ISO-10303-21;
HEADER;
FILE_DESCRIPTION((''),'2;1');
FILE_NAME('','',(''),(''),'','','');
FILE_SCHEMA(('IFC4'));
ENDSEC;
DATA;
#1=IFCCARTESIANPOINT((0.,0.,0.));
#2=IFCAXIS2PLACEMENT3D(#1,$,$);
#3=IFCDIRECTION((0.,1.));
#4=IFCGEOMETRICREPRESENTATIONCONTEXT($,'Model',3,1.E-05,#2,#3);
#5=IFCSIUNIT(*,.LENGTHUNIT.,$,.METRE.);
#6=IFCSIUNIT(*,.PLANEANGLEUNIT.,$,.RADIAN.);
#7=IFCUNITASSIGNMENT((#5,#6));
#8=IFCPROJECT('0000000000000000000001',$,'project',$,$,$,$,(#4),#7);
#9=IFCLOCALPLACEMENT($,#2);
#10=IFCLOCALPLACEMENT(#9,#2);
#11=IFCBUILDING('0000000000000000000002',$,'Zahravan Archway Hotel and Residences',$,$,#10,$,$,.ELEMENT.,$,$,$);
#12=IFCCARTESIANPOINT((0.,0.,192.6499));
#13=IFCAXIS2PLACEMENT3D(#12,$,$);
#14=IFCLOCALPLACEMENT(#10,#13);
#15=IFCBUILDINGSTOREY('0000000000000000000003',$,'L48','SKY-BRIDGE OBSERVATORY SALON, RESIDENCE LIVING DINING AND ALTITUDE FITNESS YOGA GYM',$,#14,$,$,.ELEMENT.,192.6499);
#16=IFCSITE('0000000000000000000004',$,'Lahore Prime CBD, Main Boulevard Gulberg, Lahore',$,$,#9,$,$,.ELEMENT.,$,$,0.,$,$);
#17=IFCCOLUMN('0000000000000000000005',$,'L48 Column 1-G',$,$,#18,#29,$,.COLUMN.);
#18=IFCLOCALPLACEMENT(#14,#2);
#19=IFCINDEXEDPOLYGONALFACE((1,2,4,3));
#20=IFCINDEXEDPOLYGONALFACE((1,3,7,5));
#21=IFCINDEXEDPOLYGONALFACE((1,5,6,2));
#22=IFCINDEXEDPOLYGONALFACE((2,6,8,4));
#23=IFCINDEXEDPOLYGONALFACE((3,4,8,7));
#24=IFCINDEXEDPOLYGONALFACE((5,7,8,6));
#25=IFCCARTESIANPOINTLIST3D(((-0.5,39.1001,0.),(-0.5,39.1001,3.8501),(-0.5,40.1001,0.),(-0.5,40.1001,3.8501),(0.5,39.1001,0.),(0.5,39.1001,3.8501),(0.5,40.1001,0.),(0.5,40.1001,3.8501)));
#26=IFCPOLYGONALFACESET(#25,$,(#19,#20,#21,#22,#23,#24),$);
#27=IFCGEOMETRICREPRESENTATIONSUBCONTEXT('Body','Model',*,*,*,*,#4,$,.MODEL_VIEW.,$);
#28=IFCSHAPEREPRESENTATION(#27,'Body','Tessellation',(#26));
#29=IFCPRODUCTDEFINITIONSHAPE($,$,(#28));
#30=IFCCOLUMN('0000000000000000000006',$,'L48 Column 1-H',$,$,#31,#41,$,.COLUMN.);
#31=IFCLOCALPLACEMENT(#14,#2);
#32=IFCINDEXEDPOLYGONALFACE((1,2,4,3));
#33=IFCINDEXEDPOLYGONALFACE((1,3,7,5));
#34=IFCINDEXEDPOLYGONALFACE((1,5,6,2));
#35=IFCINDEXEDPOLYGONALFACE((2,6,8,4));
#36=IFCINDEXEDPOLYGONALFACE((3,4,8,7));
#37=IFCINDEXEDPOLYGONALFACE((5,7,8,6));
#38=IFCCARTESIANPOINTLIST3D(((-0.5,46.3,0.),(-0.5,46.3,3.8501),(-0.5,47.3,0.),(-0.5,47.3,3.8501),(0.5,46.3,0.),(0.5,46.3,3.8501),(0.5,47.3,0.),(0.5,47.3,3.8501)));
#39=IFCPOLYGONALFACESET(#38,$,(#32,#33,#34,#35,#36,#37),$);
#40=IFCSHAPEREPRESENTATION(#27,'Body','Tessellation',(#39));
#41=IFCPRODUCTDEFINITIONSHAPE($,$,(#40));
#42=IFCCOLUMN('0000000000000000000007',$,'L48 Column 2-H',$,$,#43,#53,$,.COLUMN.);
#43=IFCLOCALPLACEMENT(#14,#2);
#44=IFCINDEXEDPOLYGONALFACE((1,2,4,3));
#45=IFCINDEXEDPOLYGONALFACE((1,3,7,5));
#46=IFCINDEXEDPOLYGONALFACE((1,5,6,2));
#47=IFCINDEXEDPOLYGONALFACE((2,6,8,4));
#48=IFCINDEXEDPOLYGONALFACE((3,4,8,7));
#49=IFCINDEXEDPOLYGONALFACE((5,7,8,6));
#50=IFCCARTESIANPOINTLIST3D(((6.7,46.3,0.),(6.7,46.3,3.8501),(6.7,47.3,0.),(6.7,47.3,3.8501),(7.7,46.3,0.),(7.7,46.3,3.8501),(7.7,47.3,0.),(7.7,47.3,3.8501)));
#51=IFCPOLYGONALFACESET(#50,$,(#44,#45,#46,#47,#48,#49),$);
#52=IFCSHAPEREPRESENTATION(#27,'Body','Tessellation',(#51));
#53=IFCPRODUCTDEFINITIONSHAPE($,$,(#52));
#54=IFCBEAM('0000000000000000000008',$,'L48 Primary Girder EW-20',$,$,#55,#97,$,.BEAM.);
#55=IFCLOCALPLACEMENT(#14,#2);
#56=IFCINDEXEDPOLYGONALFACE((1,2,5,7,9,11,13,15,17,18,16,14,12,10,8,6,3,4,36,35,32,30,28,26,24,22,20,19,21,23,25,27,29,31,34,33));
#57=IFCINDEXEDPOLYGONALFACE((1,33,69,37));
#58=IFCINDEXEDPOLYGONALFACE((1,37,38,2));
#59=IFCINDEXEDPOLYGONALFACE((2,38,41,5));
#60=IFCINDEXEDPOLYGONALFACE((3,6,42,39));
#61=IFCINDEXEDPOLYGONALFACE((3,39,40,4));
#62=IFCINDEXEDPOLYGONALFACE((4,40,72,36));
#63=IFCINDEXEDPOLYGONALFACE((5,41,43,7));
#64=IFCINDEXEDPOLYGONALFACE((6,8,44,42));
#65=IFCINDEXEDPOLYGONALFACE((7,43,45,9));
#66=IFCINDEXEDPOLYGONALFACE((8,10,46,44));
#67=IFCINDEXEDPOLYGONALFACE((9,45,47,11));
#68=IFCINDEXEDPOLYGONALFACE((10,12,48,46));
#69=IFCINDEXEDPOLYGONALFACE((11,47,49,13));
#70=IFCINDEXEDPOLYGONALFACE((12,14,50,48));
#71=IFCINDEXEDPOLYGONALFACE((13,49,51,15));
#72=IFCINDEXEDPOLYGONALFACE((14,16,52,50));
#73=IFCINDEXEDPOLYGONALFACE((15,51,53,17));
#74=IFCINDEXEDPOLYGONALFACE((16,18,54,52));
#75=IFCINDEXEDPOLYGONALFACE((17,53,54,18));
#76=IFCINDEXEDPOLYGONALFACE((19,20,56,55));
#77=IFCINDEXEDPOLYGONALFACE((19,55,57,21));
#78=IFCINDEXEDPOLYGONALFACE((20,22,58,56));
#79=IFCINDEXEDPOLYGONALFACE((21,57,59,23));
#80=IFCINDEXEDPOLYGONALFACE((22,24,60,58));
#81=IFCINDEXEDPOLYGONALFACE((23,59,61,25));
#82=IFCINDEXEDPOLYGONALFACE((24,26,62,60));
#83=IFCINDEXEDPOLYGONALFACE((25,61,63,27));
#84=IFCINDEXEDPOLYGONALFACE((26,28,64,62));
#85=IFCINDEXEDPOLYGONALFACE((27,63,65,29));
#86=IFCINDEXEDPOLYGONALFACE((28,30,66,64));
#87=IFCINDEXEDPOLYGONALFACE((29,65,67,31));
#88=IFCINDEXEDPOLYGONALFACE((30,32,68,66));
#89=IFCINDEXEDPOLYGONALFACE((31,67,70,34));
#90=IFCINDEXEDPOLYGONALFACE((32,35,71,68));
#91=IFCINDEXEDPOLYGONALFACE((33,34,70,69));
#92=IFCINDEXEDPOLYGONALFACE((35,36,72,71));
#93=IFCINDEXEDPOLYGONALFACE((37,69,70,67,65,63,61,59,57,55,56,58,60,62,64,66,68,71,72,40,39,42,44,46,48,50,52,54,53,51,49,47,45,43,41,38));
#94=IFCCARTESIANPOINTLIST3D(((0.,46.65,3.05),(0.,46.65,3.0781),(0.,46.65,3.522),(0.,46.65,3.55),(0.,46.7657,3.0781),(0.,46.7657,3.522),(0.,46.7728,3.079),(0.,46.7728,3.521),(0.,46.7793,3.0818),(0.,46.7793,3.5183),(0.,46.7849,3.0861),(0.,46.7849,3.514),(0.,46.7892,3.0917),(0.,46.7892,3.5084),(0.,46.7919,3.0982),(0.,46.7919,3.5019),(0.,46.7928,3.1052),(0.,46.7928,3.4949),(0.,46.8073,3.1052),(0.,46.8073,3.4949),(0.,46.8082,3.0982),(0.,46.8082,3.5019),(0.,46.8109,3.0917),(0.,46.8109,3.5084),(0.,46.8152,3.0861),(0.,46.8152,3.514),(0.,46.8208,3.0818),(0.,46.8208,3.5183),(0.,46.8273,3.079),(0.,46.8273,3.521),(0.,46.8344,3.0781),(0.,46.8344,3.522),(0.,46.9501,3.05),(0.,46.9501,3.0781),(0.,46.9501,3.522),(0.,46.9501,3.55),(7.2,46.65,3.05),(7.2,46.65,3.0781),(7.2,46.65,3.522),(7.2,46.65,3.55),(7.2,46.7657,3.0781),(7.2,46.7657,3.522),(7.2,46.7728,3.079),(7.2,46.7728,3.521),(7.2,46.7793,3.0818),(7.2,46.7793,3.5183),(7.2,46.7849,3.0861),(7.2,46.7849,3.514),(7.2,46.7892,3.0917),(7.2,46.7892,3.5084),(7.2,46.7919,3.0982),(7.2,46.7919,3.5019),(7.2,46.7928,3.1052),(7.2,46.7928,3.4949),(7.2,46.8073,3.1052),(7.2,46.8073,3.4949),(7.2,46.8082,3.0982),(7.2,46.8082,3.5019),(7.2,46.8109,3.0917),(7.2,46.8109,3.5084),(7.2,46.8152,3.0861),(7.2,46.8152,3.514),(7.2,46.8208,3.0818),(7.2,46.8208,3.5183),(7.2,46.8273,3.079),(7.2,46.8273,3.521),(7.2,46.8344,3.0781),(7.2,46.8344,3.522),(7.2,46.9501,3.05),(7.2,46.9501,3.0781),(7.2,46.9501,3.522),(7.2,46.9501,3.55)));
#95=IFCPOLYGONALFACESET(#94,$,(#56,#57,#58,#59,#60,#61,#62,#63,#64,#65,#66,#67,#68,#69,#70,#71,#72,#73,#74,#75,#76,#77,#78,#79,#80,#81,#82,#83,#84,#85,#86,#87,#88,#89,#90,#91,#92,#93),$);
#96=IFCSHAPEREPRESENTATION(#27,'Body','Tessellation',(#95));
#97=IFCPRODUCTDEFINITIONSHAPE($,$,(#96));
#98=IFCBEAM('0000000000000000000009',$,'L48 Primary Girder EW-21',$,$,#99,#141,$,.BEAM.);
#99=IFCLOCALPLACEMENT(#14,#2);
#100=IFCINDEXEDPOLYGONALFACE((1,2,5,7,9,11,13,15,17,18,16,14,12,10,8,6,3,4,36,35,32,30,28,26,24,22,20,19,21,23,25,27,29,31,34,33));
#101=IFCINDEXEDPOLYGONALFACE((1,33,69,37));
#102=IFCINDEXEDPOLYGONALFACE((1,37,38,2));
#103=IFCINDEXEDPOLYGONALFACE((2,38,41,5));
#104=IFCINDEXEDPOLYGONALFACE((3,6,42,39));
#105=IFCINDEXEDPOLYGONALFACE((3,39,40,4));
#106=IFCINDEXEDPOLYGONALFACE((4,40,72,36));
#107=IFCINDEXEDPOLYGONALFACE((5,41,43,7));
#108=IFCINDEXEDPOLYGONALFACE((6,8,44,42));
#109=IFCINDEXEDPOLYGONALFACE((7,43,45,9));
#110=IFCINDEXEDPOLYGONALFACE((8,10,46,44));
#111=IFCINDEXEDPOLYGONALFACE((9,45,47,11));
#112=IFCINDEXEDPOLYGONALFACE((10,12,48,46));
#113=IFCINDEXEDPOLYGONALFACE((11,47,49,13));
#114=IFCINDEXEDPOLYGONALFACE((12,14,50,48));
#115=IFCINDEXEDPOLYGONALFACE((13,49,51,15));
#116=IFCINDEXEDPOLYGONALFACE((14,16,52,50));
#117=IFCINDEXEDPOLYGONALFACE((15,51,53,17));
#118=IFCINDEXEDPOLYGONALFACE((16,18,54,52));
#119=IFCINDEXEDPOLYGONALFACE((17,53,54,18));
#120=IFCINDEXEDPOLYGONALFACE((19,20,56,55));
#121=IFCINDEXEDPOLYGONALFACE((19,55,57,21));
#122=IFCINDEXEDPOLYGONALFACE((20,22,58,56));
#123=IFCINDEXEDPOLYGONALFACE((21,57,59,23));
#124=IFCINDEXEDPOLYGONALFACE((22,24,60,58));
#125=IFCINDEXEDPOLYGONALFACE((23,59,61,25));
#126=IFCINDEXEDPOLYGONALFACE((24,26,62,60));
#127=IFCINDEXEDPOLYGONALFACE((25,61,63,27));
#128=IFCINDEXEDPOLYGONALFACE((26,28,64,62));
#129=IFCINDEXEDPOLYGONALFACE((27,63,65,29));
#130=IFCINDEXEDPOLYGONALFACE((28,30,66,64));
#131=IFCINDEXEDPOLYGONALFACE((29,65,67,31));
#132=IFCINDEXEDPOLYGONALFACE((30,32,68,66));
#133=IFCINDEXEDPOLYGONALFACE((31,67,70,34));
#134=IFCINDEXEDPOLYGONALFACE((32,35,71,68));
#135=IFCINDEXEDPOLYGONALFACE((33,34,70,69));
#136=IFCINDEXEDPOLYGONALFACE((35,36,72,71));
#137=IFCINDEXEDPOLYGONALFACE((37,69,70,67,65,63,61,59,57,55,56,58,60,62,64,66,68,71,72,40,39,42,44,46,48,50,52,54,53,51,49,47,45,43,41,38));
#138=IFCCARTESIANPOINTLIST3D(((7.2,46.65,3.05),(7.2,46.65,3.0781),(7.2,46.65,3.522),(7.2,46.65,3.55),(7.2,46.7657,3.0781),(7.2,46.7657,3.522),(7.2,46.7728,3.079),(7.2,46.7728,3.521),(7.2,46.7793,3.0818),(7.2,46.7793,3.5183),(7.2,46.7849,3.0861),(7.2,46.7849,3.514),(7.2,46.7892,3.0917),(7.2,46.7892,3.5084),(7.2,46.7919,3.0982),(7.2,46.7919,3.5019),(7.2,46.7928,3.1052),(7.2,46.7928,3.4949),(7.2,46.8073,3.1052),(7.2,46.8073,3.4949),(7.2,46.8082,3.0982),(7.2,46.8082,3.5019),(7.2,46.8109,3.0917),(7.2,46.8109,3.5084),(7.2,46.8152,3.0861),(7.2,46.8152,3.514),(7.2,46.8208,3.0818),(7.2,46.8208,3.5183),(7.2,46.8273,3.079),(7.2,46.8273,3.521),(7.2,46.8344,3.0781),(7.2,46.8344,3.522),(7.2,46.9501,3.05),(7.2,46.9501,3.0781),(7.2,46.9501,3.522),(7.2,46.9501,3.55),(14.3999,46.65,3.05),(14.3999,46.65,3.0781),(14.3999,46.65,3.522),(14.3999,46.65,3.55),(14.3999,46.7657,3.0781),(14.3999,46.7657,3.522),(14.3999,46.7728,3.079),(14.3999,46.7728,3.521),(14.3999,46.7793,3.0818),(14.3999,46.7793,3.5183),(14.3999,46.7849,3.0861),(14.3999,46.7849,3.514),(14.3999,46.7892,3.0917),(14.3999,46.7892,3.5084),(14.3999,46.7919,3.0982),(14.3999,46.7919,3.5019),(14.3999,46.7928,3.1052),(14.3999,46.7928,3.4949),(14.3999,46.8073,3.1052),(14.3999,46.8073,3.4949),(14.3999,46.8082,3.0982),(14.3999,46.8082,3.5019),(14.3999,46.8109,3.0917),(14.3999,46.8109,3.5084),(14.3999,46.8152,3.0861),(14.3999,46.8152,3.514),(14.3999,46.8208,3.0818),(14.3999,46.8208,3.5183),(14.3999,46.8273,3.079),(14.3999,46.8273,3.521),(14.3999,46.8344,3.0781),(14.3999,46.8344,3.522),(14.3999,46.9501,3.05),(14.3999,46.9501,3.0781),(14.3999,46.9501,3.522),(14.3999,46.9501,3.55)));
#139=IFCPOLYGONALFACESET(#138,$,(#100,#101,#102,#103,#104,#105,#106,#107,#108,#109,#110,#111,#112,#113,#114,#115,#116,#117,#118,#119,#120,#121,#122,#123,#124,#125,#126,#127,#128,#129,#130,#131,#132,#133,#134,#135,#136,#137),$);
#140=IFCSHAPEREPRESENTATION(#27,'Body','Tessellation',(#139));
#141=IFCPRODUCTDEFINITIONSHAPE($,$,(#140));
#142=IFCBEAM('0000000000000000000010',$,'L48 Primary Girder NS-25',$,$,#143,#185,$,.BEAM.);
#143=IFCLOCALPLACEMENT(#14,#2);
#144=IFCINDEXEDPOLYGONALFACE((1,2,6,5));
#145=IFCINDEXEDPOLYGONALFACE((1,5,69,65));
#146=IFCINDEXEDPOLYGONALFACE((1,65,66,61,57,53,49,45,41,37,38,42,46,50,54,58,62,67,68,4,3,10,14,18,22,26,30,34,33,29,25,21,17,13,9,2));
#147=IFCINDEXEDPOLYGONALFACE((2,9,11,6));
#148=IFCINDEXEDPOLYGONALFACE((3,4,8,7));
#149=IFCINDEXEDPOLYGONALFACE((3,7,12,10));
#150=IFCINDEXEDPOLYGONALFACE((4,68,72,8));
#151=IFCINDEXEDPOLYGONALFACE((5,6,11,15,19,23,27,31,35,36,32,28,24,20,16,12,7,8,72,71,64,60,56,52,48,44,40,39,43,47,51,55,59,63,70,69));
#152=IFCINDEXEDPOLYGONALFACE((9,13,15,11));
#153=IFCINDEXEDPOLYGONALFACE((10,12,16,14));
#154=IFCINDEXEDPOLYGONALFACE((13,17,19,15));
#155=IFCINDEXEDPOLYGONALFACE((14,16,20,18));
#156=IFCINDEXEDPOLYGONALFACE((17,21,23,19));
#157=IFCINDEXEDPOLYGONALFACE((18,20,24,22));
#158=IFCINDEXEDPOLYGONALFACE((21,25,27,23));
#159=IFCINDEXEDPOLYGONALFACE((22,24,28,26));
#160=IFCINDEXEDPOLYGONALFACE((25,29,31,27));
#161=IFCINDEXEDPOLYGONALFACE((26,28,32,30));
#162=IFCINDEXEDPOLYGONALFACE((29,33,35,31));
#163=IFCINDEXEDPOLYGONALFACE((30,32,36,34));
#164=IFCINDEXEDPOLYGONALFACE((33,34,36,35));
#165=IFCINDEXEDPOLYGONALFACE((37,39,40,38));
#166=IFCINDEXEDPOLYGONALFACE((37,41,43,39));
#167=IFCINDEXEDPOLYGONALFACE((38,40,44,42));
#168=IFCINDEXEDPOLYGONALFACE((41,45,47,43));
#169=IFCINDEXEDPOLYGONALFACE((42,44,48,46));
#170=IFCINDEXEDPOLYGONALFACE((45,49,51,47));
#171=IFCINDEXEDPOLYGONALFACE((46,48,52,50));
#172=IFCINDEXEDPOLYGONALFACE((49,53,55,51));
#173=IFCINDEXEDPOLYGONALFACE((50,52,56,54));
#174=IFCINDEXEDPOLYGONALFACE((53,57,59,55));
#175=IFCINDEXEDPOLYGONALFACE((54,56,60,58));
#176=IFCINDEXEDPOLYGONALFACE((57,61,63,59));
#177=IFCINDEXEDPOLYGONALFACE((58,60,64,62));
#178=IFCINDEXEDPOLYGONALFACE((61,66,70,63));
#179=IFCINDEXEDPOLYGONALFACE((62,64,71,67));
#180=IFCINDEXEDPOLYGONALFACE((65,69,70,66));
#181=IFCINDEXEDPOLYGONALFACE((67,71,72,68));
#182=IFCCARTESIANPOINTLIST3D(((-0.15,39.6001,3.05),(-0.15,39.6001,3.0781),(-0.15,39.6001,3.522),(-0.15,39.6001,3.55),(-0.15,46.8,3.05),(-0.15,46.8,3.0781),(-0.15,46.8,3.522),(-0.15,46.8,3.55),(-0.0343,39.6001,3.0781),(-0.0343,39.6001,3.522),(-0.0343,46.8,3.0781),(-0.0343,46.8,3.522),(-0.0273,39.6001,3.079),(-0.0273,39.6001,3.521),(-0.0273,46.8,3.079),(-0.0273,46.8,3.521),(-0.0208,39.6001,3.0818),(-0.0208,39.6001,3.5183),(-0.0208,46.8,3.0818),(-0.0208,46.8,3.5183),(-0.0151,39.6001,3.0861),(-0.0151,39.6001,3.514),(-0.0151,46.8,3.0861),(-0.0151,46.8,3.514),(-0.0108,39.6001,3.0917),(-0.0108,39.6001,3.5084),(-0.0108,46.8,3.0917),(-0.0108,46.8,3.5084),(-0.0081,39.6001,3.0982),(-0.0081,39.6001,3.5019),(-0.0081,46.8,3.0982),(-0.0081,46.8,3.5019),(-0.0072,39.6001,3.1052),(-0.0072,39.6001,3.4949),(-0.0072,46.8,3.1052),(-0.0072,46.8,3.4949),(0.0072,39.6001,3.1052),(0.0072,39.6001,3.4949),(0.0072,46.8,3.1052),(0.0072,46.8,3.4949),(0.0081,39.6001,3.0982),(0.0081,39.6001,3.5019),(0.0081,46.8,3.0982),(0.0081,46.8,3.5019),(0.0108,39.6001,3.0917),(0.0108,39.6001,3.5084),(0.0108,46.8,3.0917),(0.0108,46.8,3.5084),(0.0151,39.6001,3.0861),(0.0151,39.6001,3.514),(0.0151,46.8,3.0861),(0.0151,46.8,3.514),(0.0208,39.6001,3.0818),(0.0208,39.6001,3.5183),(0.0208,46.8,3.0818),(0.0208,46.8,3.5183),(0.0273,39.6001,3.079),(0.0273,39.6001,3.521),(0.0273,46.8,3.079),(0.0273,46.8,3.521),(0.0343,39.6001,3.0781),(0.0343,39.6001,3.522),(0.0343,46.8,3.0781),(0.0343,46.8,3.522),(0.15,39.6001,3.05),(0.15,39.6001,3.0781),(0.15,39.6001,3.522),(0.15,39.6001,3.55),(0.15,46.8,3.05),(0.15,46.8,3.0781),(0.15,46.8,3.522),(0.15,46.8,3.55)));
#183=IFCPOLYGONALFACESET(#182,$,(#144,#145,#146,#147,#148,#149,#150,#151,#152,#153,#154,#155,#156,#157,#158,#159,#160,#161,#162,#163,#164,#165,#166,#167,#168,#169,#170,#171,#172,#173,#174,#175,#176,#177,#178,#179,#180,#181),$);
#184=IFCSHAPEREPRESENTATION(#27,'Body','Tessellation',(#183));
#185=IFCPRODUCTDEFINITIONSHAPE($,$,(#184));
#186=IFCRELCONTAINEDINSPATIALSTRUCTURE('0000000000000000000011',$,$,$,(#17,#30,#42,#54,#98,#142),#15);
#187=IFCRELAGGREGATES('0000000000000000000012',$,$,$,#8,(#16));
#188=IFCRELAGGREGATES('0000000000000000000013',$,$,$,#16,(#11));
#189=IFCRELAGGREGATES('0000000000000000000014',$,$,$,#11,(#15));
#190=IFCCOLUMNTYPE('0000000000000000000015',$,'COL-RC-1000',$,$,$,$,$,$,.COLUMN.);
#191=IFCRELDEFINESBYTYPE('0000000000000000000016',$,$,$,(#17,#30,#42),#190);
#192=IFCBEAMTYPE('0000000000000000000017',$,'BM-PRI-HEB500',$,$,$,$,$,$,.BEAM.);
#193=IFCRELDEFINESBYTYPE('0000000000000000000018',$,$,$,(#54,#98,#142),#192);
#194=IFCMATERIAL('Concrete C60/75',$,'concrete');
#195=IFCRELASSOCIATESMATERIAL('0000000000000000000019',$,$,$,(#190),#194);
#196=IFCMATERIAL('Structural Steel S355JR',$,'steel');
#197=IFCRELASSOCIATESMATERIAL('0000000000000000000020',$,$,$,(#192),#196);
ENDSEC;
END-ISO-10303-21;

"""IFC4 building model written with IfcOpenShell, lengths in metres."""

from ifc_helpers import new_model, si_unit, direction, frame, origin, origin_2d, place, context, subcontext, project, spatial, rectangle, i_section, extrude, source, transform, mapped, material, material_profile, profile_set, type_object, element, save


model = new_model("IFC4")

# Units and contexts
model_context = context("Model", 3, precision=1e-05, world=origin(), true_north=direction((0.0, 1.0)))
body_context = subcontext(model_context, "Body", "Model", "MODEL_VIEW")
ifc_project = project(units=[si_unit("LENGTHUNIT", "METRE"), si_unit("PLANEANGLEUNIT", "RADIAN")], contexts=[model_context])

# Site, building, storey
site_placement = place(None, origin())
site = spatial("IfcSite", under=ifc_project, at=site_placement, Name="Lahore Prime CBD, Main Boulevard Gulberg, Lahore", CompositionType="ELEMENT", RefElevation=0.0)
building_placement = place(site_placement, origin())
building = spatial("IfcBuilding", under=site, at=building_placement, Name="Zahravan Archway Hotel and Residences", CompositionType="ELEMENT")
storey_placement = place(building_placement, frame((0.0, 0.0, 192.6499)))
storey = spatial("IfcBuildingStorey", under=building, at=storey_placement, Name="L48", Description="SKY-BRIDGE OBSERVATORY SALON, RESIDENCE LIVING DINING AND ALTITUDE FITNESS YOGA GYM", CompositionType="ELEMENT", Elevation=192.6499)

# Columns
ifc_material_1 = material(Name="Concrete C60/75", Category="concrete")
ifc_material_profile_1 = material_profile(ifc_material_1, rectangle(XDim=1.0, YDim=1.0, at=origin_2d()), Name="RC-COL-1000x1000", Category="concrete")
ifc_profile_set_1 = profile_set([ifc_material_profile_1], Name="Concrete C60/75")
column_type = type_object("IfcColumnType", Name="COL-RC-1000", PredefinedType="COLUMN", material=ifc_profile_set_1)
shared_shape_1 = source(origin(), body_context, "Body", "SweptSolid", [
    extrude(rectangle(XDim=1.0, YDim=1.0, at=origin_2d()), origin(), (0.0, 0.0, 1.0), 3.8501),
])
for number, where, z_axis, x_axis, name in (
    (1, (0.0, 39.6001, 0.0), (0.0, 0.0, 1.0), (1.0, 0.0, 0.0), "L48 Column 1-G"),
    (2, (0.0, 46.8, 0.0), (0.0, 0.0, 1.0), (1.0, 0.0, 0.0), "L48 Column 1-H"),
    (3, (7.2, 46.8, 0.0), (0.0, 0.0, 1.0), (1.0, 0.0, 0.0), "L48 Column 2-H"),
):
    element("IfcColumn", number, at=place(storey_placement, frame(where, z_axis=z_axis, x_axis=x_axis)), inside=storey, type_object=column_type, Name=name, PredefinedType="COLUMN", context=body_context, shape_type="MappedRepresentation", body=[
        mapped(shared_shape_1, transform((0.0, 0.0, 0.0), scale=1.0)),
    ])

# Beams
ifc_material_2 = material(Name="Structural Steel S355JR", Category="steel")
ifc_material_profile_2 = material_profile(ifc_material_2, i_section(OverallWidth=0.3, OverallDepth=0.5, WebThickness=0.0144, FlangeThickness=0.0281, FilletRadius=0.0271, at=origin_2d()), Name="HEB 500", Category="steel")
ifc_profile_set_2 = profile_set([ifc_material_profile_2], Name="Structural Steel S355JR")
beam_type = type_object("IfcBeamType", Name="BM-PRI-HEB500", PredefinedType="BEAM", material=ifc_profile_set_2)
shared_shape_2 = source(origin(), body_context, "Body", "SweptSolid", [
    extrude(i_section(OverallWidth=0.3, OverallDepth=0.5, WebThickness=0.0144, FlangeThickness=0.0281, FilletRadius=0.0271, at=origin_2d()), origin(), (0.0, 0.0, 1.0), 7.2),
])
for number, where, z_axis, x_axis, name in (
    (4, (0.0, 46.8, 3.3), (1.0, 0.0, 0.0), (0.0, 1.0, 0.0), "L48 Primary Girder EW-20"),
    (5, (7.2, 46.8, 3.3), (1.0, 0.0, 0.0), (0.0, 1.0, 0.0), "L48 Primary Girder EW-21"),
    (6, (0.0, 39.6001, 3.3), (0.0, 1.0, 0.0), (-1.0, 0.0, 0.0), "L48 Primary Girder NS-25"),
):
    element("IfcBeam", number, at=place(storey_placement, frame(where, z_axis=z_axis, x_axis=x_axis)), inside=storey, type_object=beam_type, Name=name, PredefinedType="BEAM", context=body_context, shape_type="MappedRepresentation", body=[
        mapped(shared_shape_2, transform((0.0, 0.0, 0.0), scale=1.0)),
    ])

save(model, "model.ifc")
